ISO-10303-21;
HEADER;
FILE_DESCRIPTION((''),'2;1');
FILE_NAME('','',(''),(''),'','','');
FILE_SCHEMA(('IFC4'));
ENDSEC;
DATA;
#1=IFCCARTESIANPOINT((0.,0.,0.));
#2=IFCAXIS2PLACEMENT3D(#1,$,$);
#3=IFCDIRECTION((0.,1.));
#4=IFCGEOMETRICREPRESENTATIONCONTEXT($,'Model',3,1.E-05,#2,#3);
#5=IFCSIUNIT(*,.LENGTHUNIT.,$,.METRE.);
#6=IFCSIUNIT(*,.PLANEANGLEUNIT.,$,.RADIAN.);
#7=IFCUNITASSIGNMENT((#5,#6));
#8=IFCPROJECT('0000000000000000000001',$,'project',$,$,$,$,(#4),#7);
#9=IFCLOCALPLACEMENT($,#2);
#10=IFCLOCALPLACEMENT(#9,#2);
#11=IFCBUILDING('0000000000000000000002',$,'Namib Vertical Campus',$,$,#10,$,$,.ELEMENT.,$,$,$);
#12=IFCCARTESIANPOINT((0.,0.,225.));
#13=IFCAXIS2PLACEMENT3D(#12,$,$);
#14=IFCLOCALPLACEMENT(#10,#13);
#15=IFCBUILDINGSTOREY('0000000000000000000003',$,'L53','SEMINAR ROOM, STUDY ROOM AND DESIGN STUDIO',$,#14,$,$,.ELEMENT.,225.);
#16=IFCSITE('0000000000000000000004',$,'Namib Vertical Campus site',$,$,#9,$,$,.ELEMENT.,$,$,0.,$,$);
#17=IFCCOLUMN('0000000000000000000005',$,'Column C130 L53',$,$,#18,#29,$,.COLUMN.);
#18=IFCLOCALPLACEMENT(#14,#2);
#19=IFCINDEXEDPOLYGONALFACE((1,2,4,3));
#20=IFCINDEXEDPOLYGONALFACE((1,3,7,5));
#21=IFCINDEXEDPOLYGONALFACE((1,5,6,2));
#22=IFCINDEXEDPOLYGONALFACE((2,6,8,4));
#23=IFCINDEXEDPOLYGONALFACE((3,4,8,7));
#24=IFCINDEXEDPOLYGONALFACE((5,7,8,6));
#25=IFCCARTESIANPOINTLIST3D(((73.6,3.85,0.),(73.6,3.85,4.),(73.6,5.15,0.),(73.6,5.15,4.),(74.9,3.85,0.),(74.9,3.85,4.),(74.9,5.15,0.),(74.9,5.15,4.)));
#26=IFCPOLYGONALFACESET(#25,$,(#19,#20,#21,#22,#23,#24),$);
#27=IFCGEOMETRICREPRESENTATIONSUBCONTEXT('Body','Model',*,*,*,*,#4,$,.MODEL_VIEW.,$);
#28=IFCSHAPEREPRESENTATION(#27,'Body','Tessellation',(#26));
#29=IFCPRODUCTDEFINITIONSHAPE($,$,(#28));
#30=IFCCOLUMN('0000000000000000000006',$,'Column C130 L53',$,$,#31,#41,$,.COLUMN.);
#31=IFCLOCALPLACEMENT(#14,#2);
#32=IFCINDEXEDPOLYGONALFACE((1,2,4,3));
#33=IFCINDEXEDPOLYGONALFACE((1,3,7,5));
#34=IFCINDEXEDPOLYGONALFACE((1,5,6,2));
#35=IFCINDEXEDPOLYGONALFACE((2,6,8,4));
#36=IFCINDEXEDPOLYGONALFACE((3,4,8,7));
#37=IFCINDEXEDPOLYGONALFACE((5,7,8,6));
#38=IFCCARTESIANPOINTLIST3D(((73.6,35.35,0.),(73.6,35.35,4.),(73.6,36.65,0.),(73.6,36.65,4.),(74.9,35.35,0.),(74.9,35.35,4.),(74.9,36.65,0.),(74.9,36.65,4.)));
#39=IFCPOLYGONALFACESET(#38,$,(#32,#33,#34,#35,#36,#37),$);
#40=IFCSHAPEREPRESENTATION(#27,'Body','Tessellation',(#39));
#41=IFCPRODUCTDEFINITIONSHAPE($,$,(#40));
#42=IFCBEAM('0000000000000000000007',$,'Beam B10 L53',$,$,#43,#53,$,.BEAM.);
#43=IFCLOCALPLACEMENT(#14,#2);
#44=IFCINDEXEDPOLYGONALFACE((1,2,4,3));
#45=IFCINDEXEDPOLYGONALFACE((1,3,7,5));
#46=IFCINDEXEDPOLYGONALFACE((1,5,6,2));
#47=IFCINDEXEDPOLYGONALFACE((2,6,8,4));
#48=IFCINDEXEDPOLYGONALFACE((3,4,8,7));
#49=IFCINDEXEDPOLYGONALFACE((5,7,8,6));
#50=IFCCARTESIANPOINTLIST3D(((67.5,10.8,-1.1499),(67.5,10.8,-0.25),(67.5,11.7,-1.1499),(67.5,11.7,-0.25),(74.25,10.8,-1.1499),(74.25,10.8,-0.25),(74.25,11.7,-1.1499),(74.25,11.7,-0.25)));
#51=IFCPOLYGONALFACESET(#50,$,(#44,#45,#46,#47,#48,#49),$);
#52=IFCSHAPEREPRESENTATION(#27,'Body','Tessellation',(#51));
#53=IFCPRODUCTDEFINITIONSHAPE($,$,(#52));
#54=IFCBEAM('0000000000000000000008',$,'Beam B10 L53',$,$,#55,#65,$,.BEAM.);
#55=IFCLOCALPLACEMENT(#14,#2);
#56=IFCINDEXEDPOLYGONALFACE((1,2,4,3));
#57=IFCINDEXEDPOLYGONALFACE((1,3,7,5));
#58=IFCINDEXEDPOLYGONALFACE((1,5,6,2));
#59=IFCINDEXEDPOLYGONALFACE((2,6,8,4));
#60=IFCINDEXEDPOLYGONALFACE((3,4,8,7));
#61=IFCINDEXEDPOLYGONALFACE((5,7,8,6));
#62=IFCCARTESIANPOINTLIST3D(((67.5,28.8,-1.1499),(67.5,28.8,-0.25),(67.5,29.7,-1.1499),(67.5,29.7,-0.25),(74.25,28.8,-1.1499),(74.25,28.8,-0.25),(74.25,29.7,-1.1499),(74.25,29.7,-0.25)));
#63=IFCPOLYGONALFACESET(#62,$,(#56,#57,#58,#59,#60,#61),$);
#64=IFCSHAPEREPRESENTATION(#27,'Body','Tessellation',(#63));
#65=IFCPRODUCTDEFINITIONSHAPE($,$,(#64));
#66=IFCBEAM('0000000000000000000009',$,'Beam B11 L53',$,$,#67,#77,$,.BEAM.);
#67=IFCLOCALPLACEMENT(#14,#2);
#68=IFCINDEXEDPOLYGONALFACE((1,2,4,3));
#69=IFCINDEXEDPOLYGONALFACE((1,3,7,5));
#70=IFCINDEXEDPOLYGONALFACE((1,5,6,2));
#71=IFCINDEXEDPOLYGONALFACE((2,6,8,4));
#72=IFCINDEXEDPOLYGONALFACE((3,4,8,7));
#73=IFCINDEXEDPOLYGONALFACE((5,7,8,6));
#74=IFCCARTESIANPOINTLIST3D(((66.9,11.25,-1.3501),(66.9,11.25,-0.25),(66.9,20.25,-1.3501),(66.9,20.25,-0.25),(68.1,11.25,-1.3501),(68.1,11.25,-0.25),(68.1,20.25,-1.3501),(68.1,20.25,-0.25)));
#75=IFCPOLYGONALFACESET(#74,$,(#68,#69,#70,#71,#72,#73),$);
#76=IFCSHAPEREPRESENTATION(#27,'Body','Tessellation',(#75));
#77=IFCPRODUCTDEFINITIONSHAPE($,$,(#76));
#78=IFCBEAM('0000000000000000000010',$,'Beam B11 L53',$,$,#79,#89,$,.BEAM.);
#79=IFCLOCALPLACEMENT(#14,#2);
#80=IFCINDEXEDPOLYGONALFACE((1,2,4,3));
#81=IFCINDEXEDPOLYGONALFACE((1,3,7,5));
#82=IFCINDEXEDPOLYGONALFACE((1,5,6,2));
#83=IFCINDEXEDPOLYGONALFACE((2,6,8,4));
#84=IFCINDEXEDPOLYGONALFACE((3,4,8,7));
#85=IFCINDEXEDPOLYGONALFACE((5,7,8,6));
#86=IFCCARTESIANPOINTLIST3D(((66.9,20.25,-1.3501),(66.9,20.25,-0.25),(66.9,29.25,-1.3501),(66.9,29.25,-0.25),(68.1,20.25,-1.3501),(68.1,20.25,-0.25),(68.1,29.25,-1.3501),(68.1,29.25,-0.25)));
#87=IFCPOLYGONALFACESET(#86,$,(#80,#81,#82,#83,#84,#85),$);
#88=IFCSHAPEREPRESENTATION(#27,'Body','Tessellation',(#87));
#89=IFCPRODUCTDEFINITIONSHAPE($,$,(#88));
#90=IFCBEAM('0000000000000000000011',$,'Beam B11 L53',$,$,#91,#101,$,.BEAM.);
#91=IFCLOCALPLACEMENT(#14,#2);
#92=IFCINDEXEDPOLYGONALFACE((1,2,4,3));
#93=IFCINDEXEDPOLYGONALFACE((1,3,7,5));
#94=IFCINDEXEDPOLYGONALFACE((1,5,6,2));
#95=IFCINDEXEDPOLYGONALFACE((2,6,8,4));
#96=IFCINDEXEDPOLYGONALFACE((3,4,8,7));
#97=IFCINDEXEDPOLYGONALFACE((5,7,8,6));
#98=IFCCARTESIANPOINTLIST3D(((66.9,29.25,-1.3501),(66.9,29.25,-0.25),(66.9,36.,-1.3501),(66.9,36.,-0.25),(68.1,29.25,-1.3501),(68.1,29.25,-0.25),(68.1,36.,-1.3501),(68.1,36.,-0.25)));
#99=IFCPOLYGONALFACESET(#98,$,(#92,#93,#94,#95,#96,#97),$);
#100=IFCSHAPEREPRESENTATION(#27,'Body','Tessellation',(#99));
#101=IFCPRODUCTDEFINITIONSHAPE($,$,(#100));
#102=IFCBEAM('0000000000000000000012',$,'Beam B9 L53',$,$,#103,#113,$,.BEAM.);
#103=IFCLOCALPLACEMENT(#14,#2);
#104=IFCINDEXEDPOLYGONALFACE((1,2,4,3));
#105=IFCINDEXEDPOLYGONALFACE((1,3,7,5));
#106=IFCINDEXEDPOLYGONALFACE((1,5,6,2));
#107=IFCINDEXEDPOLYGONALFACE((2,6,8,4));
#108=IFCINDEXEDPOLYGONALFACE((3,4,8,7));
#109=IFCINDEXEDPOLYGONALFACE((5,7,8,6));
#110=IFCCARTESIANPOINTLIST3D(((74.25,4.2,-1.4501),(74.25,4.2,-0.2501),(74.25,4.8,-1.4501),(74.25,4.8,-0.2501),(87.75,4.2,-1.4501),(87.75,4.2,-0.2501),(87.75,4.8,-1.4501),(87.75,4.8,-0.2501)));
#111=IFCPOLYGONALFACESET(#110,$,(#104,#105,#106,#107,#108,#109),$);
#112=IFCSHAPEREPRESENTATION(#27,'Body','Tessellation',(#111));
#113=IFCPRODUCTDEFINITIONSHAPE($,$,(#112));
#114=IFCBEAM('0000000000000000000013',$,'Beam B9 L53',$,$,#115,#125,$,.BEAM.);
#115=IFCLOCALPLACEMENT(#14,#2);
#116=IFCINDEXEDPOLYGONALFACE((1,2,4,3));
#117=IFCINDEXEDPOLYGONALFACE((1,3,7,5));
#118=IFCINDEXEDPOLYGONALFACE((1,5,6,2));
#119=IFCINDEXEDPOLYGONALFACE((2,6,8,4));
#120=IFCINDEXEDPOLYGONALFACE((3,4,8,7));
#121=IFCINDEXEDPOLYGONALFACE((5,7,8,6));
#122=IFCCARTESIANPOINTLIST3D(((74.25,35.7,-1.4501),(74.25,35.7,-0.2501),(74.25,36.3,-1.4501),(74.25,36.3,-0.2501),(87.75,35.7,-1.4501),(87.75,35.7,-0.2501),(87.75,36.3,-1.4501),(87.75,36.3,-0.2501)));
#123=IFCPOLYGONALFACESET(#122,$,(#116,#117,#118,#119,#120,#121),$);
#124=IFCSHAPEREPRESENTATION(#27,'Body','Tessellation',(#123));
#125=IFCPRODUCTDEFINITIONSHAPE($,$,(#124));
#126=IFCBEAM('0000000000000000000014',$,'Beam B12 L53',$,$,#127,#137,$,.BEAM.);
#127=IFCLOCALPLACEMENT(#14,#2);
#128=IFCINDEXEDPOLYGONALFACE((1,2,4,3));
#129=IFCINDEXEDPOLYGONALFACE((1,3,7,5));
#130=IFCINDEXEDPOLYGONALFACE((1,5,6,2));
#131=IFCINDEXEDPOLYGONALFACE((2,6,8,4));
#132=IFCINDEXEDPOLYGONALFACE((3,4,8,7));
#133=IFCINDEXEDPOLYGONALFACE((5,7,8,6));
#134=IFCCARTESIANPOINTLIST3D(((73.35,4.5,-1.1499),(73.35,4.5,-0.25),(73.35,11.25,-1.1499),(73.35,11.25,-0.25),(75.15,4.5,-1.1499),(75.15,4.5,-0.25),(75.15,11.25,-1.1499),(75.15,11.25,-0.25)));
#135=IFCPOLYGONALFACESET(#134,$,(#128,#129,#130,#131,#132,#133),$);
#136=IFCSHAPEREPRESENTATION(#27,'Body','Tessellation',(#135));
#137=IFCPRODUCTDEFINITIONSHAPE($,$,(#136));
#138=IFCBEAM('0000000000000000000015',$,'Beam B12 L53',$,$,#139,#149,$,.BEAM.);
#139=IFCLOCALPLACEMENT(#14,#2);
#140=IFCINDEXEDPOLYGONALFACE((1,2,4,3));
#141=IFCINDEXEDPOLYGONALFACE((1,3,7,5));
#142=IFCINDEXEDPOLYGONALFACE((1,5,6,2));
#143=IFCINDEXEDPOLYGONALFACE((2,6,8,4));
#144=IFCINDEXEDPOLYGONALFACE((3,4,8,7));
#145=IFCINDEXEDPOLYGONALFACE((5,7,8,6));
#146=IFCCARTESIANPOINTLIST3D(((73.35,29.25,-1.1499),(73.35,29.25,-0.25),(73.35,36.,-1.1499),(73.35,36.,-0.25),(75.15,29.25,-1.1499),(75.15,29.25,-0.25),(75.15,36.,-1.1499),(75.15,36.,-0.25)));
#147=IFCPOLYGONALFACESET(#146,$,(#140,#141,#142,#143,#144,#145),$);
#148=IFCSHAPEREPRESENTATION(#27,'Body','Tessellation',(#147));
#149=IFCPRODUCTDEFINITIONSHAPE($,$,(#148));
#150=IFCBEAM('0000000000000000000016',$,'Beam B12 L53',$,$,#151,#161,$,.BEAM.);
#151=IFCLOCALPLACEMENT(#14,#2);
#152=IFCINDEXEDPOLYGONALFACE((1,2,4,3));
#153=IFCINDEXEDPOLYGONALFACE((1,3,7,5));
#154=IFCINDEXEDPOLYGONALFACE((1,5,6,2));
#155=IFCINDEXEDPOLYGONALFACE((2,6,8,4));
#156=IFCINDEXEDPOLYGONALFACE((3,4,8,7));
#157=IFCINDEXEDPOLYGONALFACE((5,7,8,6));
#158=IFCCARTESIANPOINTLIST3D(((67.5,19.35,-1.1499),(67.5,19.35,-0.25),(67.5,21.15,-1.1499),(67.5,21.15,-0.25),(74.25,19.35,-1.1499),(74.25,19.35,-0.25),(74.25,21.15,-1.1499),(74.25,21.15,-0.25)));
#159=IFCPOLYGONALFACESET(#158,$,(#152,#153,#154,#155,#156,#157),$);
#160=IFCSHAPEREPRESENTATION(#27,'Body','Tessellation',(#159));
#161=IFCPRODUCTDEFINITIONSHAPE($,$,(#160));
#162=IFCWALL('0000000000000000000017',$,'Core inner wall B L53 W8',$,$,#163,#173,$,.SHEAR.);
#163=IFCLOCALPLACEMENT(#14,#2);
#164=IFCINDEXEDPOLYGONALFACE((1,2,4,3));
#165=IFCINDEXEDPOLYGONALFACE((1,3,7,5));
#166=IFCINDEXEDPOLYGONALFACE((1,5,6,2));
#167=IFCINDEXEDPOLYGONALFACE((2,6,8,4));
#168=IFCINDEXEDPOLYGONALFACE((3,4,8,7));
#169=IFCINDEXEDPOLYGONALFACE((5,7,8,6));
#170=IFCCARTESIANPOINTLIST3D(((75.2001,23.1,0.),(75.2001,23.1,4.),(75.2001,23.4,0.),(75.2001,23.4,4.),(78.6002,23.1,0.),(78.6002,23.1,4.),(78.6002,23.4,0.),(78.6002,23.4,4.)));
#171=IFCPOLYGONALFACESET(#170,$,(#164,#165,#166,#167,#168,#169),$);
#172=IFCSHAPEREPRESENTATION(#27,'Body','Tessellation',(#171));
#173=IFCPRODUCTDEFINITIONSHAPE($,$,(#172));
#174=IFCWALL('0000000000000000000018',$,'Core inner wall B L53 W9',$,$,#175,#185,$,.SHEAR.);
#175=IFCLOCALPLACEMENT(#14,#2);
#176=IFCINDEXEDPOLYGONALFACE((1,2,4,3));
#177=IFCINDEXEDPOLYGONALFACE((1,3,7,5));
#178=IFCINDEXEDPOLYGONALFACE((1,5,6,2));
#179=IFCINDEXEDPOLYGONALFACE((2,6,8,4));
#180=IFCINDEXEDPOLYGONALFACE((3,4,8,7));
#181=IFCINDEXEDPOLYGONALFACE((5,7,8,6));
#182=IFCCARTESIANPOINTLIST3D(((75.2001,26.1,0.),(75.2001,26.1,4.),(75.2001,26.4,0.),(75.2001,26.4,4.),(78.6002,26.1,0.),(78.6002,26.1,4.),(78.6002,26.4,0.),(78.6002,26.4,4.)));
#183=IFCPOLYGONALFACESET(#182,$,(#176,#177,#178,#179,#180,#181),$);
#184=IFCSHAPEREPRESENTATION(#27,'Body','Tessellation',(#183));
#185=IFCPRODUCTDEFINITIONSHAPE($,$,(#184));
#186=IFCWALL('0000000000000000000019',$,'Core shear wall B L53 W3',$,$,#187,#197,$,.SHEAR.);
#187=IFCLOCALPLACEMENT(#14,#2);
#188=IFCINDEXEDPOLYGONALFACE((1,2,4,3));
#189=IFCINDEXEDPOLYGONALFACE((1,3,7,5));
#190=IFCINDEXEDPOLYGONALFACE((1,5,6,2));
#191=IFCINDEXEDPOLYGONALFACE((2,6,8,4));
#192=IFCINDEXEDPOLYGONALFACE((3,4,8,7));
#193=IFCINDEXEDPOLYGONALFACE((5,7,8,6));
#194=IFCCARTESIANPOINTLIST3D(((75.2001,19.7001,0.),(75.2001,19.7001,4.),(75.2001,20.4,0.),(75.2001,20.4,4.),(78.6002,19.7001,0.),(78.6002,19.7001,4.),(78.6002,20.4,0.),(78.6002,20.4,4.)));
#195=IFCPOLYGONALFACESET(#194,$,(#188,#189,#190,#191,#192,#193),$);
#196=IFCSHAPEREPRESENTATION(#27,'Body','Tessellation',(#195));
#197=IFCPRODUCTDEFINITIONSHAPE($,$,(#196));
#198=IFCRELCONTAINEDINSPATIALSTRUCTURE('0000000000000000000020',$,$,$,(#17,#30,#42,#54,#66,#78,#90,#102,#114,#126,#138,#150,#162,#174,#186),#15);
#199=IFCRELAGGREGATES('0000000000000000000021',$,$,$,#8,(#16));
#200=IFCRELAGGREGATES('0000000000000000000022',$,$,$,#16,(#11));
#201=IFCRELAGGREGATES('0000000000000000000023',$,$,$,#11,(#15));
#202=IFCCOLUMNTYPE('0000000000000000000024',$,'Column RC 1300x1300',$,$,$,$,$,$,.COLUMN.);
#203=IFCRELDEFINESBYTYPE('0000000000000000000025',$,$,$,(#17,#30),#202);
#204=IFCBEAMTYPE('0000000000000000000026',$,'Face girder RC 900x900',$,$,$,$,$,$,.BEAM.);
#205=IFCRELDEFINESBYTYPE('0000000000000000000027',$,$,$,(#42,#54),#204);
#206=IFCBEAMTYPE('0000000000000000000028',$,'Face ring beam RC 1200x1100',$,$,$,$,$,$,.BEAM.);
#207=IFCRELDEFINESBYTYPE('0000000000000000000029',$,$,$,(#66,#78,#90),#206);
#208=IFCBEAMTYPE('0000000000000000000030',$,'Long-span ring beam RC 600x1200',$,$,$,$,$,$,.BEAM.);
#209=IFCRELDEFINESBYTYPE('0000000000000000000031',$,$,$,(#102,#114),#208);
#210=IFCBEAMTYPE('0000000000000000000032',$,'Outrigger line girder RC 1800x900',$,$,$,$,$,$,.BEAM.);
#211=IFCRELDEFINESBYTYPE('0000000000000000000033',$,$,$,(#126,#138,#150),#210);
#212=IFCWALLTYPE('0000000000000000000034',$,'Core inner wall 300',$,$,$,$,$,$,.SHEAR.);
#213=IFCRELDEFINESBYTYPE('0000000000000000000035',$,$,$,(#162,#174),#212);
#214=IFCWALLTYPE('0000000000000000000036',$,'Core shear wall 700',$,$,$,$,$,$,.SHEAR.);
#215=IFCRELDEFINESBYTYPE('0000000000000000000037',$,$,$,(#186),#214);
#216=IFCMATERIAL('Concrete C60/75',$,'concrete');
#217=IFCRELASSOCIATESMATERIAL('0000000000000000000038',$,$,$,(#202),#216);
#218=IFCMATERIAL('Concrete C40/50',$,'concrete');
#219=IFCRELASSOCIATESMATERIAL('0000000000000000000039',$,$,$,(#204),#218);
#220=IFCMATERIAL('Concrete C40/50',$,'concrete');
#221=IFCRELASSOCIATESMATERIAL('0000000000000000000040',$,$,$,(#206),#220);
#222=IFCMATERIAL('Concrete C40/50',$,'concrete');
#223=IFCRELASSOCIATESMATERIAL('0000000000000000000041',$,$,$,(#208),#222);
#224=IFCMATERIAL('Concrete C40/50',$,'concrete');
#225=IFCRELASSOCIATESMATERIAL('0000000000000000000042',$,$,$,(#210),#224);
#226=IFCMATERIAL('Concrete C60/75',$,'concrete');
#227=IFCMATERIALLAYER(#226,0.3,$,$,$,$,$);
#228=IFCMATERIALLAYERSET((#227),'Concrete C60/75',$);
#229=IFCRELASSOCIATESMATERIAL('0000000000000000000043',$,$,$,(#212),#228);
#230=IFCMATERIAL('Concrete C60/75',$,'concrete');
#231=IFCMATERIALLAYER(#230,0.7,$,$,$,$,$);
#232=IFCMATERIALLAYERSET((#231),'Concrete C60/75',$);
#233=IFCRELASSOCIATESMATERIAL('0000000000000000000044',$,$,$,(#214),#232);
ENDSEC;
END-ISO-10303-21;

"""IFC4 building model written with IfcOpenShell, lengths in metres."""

from ifc_helpers import new_model, si_unit, direction, frame, frame_2d, origin, origin_2d, place, context, subcontext, project, spatial, rectangle, extrude, material, layer, layer_set, material_profile, profile_set, type_object, element, save


model = new_model("IFC4")

# Units and contexts
model_context = context("Model", 3, precision=1e-05, world=origin(), true_north=direction((0.0, 1.0)))
body_context = subcontext(model_context, "Body", "Model", "MODEL_VIEW")
ifc_project = project(units=[si_unit("LENGTHUNIT", "METRE"), si_unit("PLANEANGLEUNIT", "RADIAN")], contexts=[model_context])

# Site, building, storey
site_placement = place(None, origin())
site = spatial("IfcSite", under=ifc_project, at=site_placement, Name="Namib Vertical Campus site", CompositionType="ELEMENT", RefElevation=0.0)
building_placement = place(site_placement, origin())
building = spatial("IfcBuilding", under=site, at=building_placement, Name="Namib Vertical Campus", CompositionType="ELEMENT")
storey_placement = place(building_placement, frame((0.0, 0.0, 225.0)))
storey = spatial("IfcBuildingStorey", under=building, at=storey_placement, Name="L53", Description="SEMINAR ROOM, STUDY ROOM AND DESIGN STUDIO", CompositionType="ELEMENT", Elevation=225.0)

# Columns
ifc_material_1 = material(Name="Concrete C60/75", Category="concrete")
ifc_material_profile_1 = material_profile(ifc_material_1, rectangle(XDim=1.3, YDim=1.3, at=origin_2d()))
ifc_profile_set_1 = profile_set([ifc_material_profile_1], Name="Concrete C60/75")
column_type = type_object("IfcColumnType", Name="Column RC 1300x1300", PredefinedType="COLUMN", material=ifc_profile_set_1)
for number, where, z_axis, x_axis, name in (
    (1, (74.25, 4.5, 0.0), (0.0, 0.0, 1.0), (1.0, 0.0, 0.0), "Column C130 L53"),
    (2, (74.25, 36.0, 0.0), (0.0, 0.0, 1.0), (1.0, 0.0, 0.0), "Column C130 L53"),
):
    element("IfcColumn", number, at=place(storey_placement, frame(where, z_axis=z_axis, x_axis=x_axis)), inside=storey, type_object=column_type, Name=name, PredefinedType="COLUMN", context=body_context, shape_type="SweptSolid", body=[
        extrude(rectangle(XDim=1.3, YDim=1.3, at=origin_2d()), origin(), (0.0, 0.0, 1.0), 4.0),
    ])

# Beams
ifc_material_2 = material(Name="Concrete C40/50", Category="concrete")
ifc_material_profile_2 = material_profile(ifc_material_2, rectangle(XDim=0.8999, YDim=0.8999, at=origin_2d()))
ifc_profile_set_2 = profile_set([ifc_material_profile_2], Name="Concrete C40/50")
beam_type_1 = type_object("IfcBeamType", Name="Face girder RC 900x900", PredefinedType="BEAM", material=ifc_profile_set_2)
for number, where, z_axis, x_axis, name in (
    (3, (67.5, 11.25, -0.7), (1.0, 0.0, 0.0), (0.0, 1.0, 0.0), "Beam B10 L53"),
    (4, (67.5, 29.25, -0.7), (1.0, 0.0, 0.0), (0.0, 1.0, 0.0), "Beam B10 L53"),
):
    element("IfcBeam", number, at=place(storey_placement, frame(where, z_axis=z_axis, x_axis=x_axis)), inside=storey, type_object=beam_type_1, Name=name, PredefinedType="BEAM", context=body_context, shape_type="SweptSolid", body=[
        extrude(rectangle(XDim=0.8999, YDim=0.8999, at=origin_2d()), origin(), (0.0, 0.0, 1.0), 6.75),
    ])
ifc_material_3 = material(Name="Concrete C40/50", Category="concrete")
ifc_material_profile_3 = material_profile(ifc_material_3, rectangle(XDim=1.2, YDim=1.1001, at=origin_2d()))
ifc_profile_set_3 = profile_set([ifc_material_profile_3], Name="Concrete C40/50")
beam_type_2 = type_object("IfcBeamType", Name="Face ring beam RC 1200x1100", PredefinedType="BEAM", material=ifc_profile_set_3)
for number, where, z_axis, x_axis, name in (
    (5, (67.5, 11.25, -0.8), (0.0, 1.0, 0.0), (-1.0, 0.0, 0.0), "Beam B11 L53"),
    (6, (67.5, 20.25, -0.8), (0.0, 1.0, 0.0), (-1.0, 0.0, 0.0), "Beam B11 L53"),
):
    element("IfcBeam", number, at=place(storey_placement, frame(where, z_axis=z_axis, x_axis=x_axis)), inside=storey, type_object=beam_type_2, Name=name, PredefinedType="BEAM", context=body_context, shape_type="SweptSolid", body=[
        extrude(rectangle(XDim=1.2, YDim=1.1001, at=origin_2d()), origin(), (0.0, 0.0, 1.0), 9.0),
    ])
beam_placement = place(storey_placement, frame((67.5, 29.25, -0.8), z_axis=(0.0, 1.0, 0.0), x_axis=(-1.0, 0.0, 0.0)))
element("IfcBeam", 7, at=beam_placement, inside=storey, type_object=beam_type_2, Name="Beam B11 L53", PredefinedType="BEAM", context=body_context, shape_type="SweptSolid", body=[
    extrude(rectangle(XDim=1.2, YDim=1.1001, at=origin_2d()), origin(), (0.0, 0.0, 1.0), 6.75),
])
ifc_material_4 = material(Name="Concrete C40/50", Category="concrete")
ifc_material_profile_4 = material_profile(ifc_material_4, rectangle(XDim=0.6001, YDim=1.2, at=origin_2d()))
ifc_profile_set_4 = profile_set([ifc_material_profile_4], Name="Concrete C40/50")
beam_type_3 = type_object("IfcBeamType", Name="Long-span ring beam RC 600x1200", PredefinedType="BEAM", material=ifc_profile_set_4)
for number, where, z_axis, x_axis, name in (
    (8, (74.25, 4.5, -0.8501), (1.0, 0.0, 0.0), (0.0, 1.0, 0.0), "Beam B9 L53"),
    (9, (74.25, 36.0, -0.8501), (1.0, 0.0, 0.0), (0.0, 1.0, 0.0), "Beam B9 L53"),
):
    element("IfcBeam", number, at=place(storey_placement, frame(where, z_axis=z_axis, x_axis=x_axis)), inside=storey, type_object=beam_type_3, Name=name, PredefinedType="BEAM", context=body_context, shape_type="SweptSolid", body=[
        extrude(rectangle(XDim=0.6001, YDim=1.2, at=origin_2d()), origin(), (0.0, 0.0, 1.0), 13.5),
    ])
ifc_material_5 = material(Name="Concrete C40/50", Category="concrete")
ifc_material_profile_5 = material_profile(ifc_material_5, rectangle(XDim=1.8, YDim=0.8999, at=origin_2d()))
ifc_profile_set_5 = profile_set([ifc_material_profile_5], Name="Concrete C40/50")
beam_type_4 = type_object("IfcBeamType", Name="Outrigger line girder RC 1800x900", PredefinedType="BEAM", material=ifc_profile_set_5)
for number, where, z_axis, x_axis, name in (
    (10, (74.25, 4.5, -0.7), (0.0, 1.0, 0.0), (-1.0, 0.0, 0.0), "Beam B12 L53"),
    (11, (74.25, 36.0, -0.7), (0.0, -1.0, 0.0), (1.0, 0.0, 0.0), "Beam B12 L53"),
    (12, (67.5, 20.25, -0.7), (1.0, 0.0, 0.0), (0.0, 1.0, 0.0), "Beam B12 L53"),
):
    element("IfcBeam", number, at=place(storey_placement, frame(where, z_axis=z_axis, x_axis=x_axis)), inside=storey, type_object=beam_type_4, Name=name, PredefinedType="BEAM", context=body_context, shape_type="SweptSolid", body=[
        extrude(rectangle(XDim=1.8, YDim=0.8999, at=origin_2d()), origin(), (0.0, 0.0, 1.0), 6.75),
    ])

# Walls
ifc_material_6 = material(Name="Concrete C60/75", Category="concrete")
ifc_layer_1 = layer(ifc_material_6, 0.3)
ifc_layer_set_1 = layer_set([ifc_layer_1], Name="Concrete C60/75")
wall_type_1 = type_object("IfcWallType", Name="Core inner wall 300", PredefinedType="SHEAR", material=ifc_layer_set_1)
for number, where, z_axis, x_axis, name in (
    (13, (75.2, 23.25, 0.0), (0.0, 0.0, 1.0), (1.0, 0.0, 0.0), "Core inner wall B L53 W8"),
    (14, (75.2, 26.25, 0.0), (0.0, 0.0, 1.0), (1.0, 0.0, 0.0), "Core inner wall B L53 W9"),
):
    element("IfcWall", number, at=place(storey_placement, frame(where, z_axis=z_axis, x_axis=x_axis)), inside=storey, type_object=wall_type_1, Name=name, PredefinedType="SHEAR", context=body_context, shape_type="SweptSolid", body=[
        extrude(rectangle(XDim=3.4001, YDim=0.3, at=frame_2d((1.7002, 0.0))), origin(), (0.0, 0.0, 1.0), 4.0),
    ])
ifc_material_7 = material(Name="Concrete C60/75", Category="concrete")
ifc_layer_2 = layer(ifc_material_7, 0.7)
ifc_layer_set_2 = layer_set([ifc_layer_2], Name="Concrete C60/75")
wall_type_2 = type_object("IfcWallType", Name="Core shear wall 700", PredefinedType="SHEAR", material=ifc_layer_set_2)
wall_1_placement = place(storey_placement, frame((75.2, 20.05, 0.0), z_axis=(0.0, 0.0, 1.0), x_axis=(1.0, 0.0, 0.0)))
element("IfcWall", 15, at=wall_1_placement, inside=storey, type_object=wall_type_2, Name="Core shear wall B L53 W3", PredefinedType="SHEAR", context=body_context, shape_type="SweptSolid", body=[
    extrude(rectangle(XDim=3.4001, YDim=0.7, at=frame_2d((1.7002, 0.0))), origin(), (0.0, 0.0, 1.0), 4.0),
])

save(model, "model.ifc")
